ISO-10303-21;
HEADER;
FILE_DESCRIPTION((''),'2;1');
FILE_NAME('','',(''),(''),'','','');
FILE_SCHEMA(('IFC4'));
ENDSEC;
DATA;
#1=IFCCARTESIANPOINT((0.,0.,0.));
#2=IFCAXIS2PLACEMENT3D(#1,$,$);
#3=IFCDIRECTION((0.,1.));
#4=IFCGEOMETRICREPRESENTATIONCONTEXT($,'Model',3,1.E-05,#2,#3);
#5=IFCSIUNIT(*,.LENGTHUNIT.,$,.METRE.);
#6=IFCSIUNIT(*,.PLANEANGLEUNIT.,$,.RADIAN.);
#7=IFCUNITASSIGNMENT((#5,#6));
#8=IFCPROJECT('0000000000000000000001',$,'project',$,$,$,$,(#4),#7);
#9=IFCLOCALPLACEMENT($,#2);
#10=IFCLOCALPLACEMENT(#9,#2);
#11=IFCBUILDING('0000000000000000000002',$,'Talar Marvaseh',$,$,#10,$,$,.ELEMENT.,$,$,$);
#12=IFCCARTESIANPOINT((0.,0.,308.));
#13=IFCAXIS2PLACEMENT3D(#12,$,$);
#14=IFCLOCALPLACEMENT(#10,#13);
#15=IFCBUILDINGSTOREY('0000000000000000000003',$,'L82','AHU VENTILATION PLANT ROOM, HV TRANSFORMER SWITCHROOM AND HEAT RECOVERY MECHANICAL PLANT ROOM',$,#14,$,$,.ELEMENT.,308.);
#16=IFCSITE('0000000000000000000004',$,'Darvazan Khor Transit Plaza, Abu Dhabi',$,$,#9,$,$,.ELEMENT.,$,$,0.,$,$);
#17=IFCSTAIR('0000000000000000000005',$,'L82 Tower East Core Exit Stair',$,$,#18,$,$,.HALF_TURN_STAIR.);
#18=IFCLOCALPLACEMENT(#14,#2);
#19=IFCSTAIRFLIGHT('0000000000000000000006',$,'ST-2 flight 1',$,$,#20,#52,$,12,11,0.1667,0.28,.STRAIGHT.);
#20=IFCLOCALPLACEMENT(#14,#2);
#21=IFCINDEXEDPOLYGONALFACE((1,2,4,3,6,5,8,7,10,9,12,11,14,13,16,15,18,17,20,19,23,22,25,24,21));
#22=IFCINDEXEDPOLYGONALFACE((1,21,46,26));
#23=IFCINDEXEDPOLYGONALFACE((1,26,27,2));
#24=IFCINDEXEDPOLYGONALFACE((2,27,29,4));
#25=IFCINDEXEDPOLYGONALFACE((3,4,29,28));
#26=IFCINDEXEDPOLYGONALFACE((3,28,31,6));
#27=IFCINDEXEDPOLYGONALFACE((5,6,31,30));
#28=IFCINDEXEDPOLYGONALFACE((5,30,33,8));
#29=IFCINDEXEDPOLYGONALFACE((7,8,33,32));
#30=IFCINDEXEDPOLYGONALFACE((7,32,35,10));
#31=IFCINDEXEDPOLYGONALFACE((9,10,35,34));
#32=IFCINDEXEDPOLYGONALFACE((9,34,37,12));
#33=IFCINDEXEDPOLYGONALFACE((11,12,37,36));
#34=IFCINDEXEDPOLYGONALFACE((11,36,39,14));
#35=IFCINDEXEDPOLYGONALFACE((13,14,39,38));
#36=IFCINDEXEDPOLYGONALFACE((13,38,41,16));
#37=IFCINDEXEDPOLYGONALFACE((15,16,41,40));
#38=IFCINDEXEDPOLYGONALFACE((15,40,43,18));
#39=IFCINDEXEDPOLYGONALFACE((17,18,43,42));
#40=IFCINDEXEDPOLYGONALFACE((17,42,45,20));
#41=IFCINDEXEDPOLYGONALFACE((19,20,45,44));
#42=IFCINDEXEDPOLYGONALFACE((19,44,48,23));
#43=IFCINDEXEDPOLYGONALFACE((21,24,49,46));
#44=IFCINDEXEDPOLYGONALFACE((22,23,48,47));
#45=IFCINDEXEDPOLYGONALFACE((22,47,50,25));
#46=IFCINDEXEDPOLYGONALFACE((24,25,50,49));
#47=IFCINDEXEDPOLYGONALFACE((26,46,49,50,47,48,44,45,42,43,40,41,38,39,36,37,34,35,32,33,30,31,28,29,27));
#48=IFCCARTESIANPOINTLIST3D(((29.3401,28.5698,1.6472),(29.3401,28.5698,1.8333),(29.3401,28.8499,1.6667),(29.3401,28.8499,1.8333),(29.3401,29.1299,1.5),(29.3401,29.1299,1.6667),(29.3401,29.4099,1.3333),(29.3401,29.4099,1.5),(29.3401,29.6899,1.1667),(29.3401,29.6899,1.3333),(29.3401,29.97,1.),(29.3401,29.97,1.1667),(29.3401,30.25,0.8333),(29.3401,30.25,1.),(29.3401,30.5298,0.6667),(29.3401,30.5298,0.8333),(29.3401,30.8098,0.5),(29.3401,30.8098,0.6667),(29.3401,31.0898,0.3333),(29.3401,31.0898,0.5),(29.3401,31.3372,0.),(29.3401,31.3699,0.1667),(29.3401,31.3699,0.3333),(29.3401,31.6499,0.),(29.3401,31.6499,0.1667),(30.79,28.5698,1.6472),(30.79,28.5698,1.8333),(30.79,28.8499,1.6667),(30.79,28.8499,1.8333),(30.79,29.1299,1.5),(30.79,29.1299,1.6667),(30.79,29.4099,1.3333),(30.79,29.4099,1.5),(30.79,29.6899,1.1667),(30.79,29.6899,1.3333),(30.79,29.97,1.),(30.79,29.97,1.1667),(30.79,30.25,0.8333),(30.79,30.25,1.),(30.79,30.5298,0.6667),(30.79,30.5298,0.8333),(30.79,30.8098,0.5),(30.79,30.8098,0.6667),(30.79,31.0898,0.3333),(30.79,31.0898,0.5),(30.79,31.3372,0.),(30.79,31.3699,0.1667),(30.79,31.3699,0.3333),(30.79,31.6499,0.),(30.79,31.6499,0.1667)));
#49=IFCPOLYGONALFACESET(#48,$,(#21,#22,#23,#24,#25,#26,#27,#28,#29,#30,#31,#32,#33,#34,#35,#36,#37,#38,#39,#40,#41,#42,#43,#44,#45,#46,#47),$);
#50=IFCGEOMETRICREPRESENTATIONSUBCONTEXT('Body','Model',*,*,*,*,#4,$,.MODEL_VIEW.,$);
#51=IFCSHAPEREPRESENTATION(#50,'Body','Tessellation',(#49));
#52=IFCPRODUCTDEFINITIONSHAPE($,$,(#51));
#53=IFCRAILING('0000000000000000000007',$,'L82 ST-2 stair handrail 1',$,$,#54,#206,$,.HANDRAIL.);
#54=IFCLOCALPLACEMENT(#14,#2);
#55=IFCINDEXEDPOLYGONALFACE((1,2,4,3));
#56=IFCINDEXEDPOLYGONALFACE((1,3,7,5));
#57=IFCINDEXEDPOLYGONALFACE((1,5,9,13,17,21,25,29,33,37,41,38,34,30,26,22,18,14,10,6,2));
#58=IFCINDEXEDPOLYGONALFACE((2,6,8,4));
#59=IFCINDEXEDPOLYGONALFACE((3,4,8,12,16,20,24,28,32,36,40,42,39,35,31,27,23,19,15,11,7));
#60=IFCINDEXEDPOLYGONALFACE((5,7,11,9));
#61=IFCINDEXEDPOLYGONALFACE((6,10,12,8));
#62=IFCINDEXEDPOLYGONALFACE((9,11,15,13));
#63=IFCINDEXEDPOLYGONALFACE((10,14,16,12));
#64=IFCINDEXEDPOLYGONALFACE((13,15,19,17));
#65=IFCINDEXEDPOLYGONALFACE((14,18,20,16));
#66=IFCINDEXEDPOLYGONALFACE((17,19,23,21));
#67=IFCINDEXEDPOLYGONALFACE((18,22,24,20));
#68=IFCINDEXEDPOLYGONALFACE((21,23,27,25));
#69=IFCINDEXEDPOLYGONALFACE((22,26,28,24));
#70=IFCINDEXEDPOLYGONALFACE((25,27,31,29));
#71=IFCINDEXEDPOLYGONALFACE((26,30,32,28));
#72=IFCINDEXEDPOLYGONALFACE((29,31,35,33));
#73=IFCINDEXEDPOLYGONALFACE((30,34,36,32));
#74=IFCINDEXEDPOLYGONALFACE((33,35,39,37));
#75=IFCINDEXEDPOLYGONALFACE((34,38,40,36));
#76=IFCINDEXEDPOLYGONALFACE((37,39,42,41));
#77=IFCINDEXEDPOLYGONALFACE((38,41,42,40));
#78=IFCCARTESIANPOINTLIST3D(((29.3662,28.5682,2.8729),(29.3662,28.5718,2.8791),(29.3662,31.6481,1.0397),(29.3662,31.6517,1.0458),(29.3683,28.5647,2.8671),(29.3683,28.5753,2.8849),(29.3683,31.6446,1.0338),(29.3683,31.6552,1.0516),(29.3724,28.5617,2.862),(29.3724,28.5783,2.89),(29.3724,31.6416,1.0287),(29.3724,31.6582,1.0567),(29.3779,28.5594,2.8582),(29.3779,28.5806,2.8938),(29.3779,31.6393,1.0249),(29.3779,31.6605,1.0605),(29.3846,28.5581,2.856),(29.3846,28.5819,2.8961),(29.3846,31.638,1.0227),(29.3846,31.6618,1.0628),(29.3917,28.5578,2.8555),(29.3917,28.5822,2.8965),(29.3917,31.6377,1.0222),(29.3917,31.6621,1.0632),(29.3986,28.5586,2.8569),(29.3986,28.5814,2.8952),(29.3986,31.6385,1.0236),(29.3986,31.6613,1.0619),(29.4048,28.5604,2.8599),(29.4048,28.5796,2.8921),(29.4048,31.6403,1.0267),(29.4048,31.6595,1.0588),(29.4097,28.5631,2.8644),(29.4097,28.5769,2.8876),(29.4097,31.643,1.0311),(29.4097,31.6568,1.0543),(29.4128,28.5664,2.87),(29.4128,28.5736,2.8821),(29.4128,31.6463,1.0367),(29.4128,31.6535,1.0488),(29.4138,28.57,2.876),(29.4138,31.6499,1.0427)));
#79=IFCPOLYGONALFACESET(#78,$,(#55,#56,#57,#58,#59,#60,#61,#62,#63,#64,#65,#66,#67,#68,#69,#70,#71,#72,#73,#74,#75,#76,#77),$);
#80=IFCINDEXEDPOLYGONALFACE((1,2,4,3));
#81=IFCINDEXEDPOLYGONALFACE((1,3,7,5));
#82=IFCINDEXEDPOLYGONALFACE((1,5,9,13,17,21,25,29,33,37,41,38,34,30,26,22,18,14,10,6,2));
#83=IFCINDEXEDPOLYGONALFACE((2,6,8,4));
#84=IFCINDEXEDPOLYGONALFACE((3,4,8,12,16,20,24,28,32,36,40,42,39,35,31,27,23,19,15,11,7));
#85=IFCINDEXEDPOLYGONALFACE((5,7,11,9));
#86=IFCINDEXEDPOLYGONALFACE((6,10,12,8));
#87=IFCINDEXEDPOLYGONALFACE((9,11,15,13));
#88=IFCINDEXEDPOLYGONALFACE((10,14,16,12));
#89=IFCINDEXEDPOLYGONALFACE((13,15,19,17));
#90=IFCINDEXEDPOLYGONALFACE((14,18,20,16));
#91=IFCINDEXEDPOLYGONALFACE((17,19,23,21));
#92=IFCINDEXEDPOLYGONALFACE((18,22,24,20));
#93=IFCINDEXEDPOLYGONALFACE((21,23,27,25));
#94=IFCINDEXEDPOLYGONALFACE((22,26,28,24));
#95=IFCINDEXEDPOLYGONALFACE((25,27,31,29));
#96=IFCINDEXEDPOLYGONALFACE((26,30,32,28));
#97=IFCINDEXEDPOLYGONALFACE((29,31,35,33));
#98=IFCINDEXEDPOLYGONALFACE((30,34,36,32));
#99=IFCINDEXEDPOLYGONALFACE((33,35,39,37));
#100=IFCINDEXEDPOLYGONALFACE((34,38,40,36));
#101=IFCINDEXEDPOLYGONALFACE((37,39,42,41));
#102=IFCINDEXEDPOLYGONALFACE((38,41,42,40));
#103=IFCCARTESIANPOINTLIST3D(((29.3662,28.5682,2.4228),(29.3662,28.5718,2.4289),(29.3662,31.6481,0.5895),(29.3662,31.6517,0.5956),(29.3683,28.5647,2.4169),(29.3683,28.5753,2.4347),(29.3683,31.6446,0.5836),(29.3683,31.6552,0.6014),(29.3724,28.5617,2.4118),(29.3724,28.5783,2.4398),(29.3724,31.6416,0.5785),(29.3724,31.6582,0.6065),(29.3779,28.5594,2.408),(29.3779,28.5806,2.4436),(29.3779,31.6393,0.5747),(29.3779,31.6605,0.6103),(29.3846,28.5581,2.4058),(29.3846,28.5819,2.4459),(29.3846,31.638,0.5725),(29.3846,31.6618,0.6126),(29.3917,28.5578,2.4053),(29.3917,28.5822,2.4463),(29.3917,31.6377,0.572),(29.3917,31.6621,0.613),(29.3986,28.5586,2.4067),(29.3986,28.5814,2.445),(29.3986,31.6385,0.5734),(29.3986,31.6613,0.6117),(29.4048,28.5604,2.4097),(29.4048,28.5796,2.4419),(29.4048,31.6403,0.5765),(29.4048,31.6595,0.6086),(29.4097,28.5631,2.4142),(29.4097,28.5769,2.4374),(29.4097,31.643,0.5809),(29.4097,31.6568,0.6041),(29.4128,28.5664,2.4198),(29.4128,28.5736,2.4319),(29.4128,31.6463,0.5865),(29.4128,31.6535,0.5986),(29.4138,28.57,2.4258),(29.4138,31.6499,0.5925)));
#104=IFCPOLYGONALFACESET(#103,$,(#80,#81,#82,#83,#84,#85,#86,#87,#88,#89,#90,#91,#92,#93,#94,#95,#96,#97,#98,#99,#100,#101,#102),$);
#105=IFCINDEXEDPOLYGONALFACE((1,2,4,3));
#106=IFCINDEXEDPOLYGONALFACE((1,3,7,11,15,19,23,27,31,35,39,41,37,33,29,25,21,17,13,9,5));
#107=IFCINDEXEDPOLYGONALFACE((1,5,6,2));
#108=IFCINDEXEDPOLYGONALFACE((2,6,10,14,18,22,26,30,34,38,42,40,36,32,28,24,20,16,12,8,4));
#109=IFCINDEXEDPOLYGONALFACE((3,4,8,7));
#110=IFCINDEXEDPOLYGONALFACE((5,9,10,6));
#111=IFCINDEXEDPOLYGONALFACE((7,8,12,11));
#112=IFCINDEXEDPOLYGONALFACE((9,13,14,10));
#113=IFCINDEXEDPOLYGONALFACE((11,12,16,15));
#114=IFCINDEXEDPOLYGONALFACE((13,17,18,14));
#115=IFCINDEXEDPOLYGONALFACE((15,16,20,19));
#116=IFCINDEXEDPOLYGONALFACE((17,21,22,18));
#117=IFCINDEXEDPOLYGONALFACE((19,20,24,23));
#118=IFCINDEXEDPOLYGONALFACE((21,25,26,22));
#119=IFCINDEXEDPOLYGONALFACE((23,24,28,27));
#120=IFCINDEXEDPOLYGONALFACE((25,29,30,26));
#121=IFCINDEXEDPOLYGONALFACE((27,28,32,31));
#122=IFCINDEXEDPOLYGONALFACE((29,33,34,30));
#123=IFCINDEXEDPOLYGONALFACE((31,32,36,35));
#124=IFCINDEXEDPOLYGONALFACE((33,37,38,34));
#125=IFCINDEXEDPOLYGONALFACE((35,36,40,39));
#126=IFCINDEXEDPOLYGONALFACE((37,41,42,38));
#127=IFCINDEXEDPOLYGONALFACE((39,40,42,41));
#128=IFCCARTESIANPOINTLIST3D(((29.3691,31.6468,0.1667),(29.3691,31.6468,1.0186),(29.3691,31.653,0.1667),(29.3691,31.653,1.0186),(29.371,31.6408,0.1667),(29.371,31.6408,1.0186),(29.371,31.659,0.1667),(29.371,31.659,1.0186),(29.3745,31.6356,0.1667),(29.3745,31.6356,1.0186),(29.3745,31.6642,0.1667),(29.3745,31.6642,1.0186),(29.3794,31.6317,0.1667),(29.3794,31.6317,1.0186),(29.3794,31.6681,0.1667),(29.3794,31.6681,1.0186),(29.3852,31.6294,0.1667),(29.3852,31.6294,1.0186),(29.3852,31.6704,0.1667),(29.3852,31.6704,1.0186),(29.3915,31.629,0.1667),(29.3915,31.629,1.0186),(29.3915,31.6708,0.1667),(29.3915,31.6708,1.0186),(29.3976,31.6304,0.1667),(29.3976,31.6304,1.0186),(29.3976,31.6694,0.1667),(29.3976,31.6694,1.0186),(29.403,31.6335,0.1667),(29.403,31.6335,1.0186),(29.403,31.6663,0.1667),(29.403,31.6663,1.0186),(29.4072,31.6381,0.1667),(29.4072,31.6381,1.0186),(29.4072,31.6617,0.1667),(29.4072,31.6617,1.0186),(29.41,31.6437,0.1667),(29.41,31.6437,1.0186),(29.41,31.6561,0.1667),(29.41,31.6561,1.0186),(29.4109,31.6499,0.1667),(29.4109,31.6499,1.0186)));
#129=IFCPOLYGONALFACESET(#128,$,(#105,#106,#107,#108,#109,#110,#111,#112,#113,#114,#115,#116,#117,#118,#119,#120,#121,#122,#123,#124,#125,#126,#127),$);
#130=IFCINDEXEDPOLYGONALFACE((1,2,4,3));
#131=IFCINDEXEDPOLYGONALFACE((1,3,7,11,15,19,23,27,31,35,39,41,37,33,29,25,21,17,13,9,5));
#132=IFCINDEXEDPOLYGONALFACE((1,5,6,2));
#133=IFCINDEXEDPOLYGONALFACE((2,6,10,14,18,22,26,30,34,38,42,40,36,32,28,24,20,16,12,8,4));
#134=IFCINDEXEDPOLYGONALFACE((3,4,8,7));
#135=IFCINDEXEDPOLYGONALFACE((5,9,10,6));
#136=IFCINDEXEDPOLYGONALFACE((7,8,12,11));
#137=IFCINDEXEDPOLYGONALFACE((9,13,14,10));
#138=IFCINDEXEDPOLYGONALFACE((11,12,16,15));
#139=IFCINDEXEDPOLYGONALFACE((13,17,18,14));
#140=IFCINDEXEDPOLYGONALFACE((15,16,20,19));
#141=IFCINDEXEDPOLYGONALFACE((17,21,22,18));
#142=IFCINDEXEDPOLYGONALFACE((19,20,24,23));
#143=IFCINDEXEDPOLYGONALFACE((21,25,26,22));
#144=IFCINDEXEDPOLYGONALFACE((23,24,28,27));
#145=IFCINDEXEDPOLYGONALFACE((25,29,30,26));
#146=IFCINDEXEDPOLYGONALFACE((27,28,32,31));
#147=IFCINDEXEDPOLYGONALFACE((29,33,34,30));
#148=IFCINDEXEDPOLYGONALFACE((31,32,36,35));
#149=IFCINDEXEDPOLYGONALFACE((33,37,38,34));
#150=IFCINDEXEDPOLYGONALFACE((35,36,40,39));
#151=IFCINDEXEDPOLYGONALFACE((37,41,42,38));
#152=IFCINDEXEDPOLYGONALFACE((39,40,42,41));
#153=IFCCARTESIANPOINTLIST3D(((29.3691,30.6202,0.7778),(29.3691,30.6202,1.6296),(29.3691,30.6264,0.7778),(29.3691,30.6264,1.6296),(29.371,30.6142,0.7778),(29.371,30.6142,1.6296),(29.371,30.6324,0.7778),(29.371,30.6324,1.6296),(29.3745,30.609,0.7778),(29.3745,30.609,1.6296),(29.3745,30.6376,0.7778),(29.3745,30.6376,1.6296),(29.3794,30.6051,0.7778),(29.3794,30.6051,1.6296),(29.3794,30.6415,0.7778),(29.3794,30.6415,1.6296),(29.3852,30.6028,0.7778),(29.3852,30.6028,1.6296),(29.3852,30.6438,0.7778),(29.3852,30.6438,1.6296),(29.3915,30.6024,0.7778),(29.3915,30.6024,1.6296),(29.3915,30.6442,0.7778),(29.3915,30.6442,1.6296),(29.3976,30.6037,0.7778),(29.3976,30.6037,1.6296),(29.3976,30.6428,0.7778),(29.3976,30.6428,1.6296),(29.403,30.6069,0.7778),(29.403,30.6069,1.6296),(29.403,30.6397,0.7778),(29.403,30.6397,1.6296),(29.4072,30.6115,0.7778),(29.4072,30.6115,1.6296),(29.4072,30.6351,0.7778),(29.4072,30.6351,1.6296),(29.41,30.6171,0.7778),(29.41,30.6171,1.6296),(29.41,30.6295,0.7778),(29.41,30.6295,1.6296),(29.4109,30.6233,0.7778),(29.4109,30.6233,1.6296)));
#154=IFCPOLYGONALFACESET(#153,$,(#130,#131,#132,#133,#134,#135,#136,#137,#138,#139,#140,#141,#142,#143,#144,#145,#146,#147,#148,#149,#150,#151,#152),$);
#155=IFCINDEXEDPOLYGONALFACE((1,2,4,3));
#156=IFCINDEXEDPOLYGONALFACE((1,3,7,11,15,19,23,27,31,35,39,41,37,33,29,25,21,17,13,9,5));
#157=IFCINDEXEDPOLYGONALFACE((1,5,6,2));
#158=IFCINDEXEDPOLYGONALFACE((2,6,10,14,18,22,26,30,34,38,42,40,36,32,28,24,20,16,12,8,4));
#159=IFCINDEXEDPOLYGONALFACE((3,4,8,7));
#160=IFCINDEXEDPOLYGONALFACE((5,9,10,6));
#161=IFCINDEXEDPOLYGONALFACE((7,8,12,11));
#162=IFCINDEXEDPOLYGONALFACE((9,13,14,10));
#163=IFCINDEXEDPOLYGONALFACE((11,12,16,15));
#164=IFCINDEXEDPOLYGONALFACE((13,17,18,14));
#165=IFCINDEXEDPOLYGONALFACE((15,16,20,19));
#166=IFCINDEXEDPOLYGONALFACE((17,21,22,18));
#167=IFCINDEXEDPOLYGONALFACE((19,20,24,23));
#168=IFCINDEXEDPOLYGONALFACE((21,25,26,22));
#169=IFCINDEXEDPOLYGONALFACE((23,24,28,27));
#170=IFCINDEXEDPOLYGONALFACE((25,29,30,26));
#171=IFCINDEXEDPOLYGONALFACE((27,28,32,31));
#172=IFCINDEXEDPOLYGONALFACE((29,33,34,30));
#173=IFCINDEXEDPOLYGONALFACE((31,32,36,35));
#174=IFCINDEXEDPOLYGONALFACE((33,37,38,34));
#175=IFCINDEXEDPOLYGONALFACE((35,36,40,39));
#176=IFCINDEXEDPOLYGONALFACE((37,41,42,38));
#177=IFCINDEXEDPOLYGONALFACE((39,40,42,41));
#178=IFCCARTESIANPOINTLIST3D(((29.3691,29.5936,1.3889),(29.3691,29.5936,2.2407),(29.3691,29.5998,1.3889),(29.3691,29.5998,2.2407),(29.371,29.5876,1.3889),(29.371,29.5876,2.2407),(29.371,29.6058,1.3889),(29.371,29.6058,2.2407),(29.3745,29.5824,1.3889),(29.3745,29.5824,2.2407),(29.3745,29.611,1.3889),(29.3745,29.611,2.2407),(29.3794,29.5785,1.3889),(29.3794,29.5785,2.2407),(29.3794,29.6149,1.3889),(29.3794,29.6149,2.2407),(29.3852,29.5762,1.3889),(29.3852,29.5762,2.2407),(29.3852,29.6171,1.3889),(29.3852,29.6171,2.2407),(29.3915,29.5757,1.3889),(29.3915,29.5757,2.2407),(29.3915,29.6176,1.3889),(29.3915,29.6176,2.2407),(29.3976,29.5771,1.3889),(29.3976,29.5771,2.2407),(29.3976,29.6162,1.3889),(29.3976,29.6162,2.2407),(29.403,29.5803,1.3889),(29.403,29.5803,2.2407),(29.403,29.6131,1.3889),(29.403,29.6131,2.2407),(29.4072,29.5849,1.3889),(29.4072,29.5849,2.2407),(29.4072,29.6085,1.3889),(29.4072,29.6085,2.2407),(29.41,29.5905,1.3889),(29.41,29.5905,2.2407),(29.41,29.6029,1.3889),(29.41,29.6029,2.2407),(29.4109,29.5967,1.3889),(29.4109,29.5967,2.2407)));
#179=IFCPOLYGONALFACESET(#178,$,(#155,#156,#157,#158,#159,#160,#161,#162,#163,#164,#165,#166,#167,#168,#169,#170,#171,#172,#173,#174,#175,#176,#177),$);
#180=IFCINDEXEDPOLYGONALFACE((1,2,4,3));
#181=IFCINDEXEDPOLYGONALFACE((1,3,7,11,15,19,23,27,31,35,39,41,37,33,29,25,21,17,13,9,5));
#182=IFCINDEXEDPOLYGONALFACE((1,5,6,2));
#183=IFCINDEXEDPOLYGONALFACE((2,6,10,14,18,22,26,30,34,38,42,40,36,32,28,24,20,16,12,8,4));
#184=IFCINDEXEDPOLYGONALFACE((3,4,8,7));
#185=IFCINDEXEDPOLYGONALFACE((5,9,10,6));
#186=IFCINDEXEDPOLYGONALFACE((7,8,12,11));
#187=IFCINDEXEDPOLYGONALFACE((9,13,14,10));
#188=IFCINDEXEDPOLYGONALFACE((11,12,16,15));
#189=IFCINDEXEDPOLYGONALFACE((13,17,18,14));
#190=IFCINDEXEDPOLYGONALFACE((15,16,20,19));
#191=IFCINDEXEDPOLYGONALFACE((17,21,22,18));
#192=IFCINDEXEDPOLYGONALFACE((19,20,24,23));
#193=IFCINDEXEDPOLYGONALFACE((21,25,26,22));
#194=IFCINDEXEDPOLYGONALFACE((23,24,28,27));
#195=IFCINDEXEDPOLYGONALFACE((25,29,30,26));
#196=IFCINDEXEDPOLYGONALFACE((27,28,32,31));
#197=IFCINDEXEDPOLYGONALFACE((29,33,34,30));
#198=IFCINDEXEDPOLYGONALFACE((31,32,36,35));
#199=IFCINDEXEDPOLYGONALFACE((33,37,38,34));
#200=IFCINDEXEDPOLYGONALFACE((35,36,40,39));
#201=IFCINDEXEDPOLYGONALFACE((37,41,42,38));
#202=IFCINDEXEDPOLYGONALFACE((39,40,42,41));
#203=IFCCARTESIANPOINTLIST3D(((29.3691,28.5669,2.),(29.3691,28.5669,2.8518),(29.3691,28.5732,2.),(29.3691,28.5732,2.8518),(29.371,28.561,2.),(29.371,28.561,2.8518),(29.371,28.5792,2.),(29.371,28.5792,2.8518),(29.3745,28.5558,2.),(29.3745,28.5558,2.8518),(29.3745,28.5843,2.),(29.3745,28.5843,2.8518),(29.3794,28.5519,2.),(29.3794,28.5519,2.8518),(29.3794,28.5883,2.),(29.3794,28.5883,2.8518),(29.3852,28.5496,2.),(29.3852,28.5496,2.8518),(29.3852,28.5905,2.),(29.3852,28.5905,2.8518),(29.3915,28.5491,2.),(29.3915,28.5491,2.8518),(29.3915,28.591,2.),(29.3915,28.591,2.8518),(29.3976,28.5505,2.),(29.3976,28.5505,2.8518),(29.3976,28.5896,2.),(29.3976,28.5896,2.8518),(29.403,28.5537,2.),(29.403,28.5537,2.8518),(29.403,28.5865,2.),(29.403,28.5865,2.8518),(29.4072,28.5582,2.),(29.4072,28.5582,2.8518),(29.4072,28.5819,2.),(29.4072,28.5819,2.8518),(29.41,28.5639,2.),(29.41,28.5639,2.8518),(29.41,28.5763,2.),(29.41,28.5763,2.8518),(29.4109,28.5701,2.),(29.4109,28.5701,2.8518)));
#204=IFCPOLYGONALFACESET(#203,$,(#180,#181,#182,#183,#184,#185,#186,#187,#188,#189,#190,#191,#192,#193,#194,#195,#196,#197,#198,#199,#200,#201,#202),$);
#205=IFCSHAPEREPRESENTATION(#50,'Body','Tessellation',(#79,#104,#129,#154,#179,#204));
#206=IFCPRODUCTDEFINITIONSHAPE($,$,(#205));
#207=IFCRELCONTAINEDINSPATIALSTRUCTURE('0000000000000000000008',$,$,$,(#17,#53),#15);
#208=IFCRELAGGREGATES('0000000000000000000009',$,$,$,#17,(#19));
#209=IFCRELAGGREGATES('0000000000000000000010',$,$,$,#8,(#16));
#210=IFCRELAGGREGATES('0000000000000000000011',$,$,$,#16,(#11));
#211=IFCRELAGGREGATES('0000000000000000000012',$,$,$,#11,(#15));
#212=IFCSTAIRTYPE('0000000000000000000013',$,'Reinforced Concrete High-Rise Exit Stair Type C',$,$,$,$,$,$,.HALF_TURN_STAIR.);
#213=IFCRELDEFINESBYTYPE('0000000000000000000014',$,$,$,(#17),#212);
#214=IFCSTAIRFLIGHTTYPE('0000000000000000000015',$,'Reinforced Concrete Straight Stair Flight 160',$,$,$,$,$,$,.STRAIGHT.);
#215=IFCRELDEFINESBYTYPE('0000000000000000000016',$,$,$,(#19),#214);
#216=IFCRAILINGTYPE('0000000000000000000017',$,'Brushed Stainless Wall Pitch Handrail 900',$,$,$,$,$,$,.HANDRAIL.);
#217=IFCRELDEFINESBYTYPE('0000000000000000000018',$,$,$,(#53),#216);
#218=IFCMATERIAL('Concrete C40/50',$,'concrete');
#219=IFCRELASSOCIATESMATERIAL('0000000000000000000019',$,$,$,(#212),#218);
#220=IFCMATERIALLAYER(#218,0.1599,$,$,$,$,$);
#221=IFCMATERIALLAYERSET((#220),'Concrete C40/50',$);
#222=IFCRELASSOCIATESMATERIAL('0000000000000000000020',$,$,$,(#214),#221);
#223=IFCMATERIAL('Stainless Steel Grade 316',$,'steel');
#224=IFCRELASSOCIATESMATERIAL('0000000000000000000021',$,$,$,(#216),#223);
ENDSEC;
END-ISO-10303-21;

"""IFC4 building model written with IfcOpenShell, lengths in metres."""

from ifc_helpers import new_model, si_unit, direction, frame, origin, origin_2d, place, context, subcontext, project, spatial, polyline, circle, outline, extrude, material, layer, layer_set, type_object, element, aggregate, save


model = new_model("IFC4")

# Units and contexts
model_context = context("Model", 3, precision=1e-05, world=origin(), true_north=direction((0.0, 1.0)))
body_context = subcontext(model_context, "Body", "Model", "MODEL_VIEW")
ifc_project = project(units=[si_unit("LENGTHUNIT", "METRE"), si_unit("PLANEANGLEUNIT", "RADIAN")], contexts=[model_context])

# Site, building, storey
site_placement = place(None, origin())
site = spatial("IfcSite", under=ifc_project, at=site_placement, Name="Darvazan Khor Transit Plaza, Abu Dhabi", CompositionType="ELEMENT", RefElevation=0.0)
building_placement = place(site_placement, origin())
building = spatial("IfcBuilding", under=site, at=building_placement, Name="Talar Marvaseh", CompositionType="ELEMENT")
storey_placement = place(building_placement, frame((0.0, 0.0, 308.0)))
storey = spatial("IfcBuildingStorey", under=building, at=storey_placement, Name="L82", Description="AHU VENTILATION PLANT ROOM, HV TRANSFORMER SWITCHROOM AND HEAT RECOVERY MECHANICAL PLANT ROOM", CompositionType="ELEMENT", Elevation=308.0)

# Shared definitions
ifc_material_1 = material(Name="Concrete C40/50", Category="concrete")

# Stair, stair flight
stair_type = type_object("IfcStairType", Name="Reinforced Concrete High-Rise Exit Stair Type C", PredefinedType="HALF_TURN_STAIR", material=ifc_material_1)
stair_placement = place(storey_placement, origin())
stair = element("IfcStair", 1, at=stair_placement, inside=storey, type_object=stair_type, Name="L82 Tower East Core Exit Stair", PredefinedType="HALF_TURN_STAIR")
ifc_layer_1 = layer(ifc_material_1, 0.1599)
ifc_layer_set_1 = layer_set([ifc_layer_1], Name="Concrete C40/50")
stair_flight_type = type_object("IfcStairFlightType", Name="Reinforced Concrete Straight Stair Flight 160", PredefinedType="STRAIGHT", material=ifc_layer_set_1)
stair_flight_placement = place(storey_placement, frame((30.0649, 31.6499, 0.0), z_axis=(0.0, 0.0, 1.0), x_axis=(0.0, -1.0, 0.0)))
stair_flight = element("IfcStairFlight", 2, at=stair_flight_placement, type_object=stair_flight_type, Name="ST-2 flight 1", NumberOfRisers=12, NumberOfTreads=11, PredefinedType="STRAIGHT", RiserHeight=0.1667, TreadLength=0.28, context=body_context, shape_type="SweptSolid", body=[
    extrude(outline(polyline([(0.0, 0.0), (0.0, 0.1667), (0.28, 0.1667), (0.28, 0.3333), (0.5601, 0.3333), (0.5601, 0.5), (0.8401, 0.5), (0.8401, 0.6667), (1.1201, 0.6667), (1.1201, 0.8333), (1.3999, 0.8333), (1.3999, 1.0), (1.6799, 1.0), (1.6799, 1.1667), (1.96, 1.1667), (1.96, 1.3333), (2.24, 1.3333), (2.24, 1.5), (2.52, 1.5), (2.52, 1.6667), (2.8, 1.6667), (2.8, 1.8333), (3.0801, 1.8333), (3.0801, 2.0), (3.0801, 1.6472), (0.3127, 0.0), (0.0, 0.0)])), frame((0.0, 0.7251, 0.0), z_axis=(0.0, -1.0, 0.0), x_axis=(1.0, 0.0, 0.0)), (0.0, 0.0, 1.0), 1.45),
])
aggregate(stair, [stair_flight])

# Railing
ifc_material_2 = material(Name="Stainless Steel Grade 316", Category="steel")
railing_type_1 = type_object("IfcRailingType", Name="Brushed Stainless Wall Pitch Handrail 900", PredefinedType="HANDRAIL", material=ifc_material_2)
railing_1_placement = place(storey_placement, frame((29.3899, 31.6499, 0.1667)))
element("IfcRailing", 3, at=railing_1_placement, inside=storey, type_object=railing_type_1, Name="L82 ST-2 stair handrail 1", PredefinedType="HANDRAIL", context=body_context, shape_type="SweptSolid", body=[
    extrude(circle(Radius=0.0239, at=origin_2d()), frame((0.0, 0.0, 0.876), z_axis=(0.0, -0.859291, 0.511487), x_axis=(1.0, 0.0, 0.0)), (0.0, 0.0, 1.0), 3.5842),
    extrude(circle(Radius=0.0239, at=origin_2d()), frame((0.0, 0.0, 0.4258), z_axis=(0.0, -0.859291, 0.511487), x_axis=(1.0, 0.0, 0.0)), (0.0, 0.0, 1.0), 3.5842),
    extrude(circle(Radius=0.021, at=origin_2d()), origin(), (0.0, 0.0, 1.0), 0.8518),
    extrude(circle(Radius=0.021, at=origin_2d()), frame((0.0, -1.0266, 0.6111)), (0.0, 0.0, 1.0), 0.8518),
    extrude(circle(Radius=0.021, at=origin_2d()), frame((0.0, -2.0532, 1.2222)), (0.0, 0.0, 1.0), 0.8518),
    extrude(circle(Radius=0.021, at=origin_2d()), frame((0.0, -3.0798, 1.8333)), (0.0, 0.0, 1.0), 0.8518),
])

save(model, "model.ifc")
